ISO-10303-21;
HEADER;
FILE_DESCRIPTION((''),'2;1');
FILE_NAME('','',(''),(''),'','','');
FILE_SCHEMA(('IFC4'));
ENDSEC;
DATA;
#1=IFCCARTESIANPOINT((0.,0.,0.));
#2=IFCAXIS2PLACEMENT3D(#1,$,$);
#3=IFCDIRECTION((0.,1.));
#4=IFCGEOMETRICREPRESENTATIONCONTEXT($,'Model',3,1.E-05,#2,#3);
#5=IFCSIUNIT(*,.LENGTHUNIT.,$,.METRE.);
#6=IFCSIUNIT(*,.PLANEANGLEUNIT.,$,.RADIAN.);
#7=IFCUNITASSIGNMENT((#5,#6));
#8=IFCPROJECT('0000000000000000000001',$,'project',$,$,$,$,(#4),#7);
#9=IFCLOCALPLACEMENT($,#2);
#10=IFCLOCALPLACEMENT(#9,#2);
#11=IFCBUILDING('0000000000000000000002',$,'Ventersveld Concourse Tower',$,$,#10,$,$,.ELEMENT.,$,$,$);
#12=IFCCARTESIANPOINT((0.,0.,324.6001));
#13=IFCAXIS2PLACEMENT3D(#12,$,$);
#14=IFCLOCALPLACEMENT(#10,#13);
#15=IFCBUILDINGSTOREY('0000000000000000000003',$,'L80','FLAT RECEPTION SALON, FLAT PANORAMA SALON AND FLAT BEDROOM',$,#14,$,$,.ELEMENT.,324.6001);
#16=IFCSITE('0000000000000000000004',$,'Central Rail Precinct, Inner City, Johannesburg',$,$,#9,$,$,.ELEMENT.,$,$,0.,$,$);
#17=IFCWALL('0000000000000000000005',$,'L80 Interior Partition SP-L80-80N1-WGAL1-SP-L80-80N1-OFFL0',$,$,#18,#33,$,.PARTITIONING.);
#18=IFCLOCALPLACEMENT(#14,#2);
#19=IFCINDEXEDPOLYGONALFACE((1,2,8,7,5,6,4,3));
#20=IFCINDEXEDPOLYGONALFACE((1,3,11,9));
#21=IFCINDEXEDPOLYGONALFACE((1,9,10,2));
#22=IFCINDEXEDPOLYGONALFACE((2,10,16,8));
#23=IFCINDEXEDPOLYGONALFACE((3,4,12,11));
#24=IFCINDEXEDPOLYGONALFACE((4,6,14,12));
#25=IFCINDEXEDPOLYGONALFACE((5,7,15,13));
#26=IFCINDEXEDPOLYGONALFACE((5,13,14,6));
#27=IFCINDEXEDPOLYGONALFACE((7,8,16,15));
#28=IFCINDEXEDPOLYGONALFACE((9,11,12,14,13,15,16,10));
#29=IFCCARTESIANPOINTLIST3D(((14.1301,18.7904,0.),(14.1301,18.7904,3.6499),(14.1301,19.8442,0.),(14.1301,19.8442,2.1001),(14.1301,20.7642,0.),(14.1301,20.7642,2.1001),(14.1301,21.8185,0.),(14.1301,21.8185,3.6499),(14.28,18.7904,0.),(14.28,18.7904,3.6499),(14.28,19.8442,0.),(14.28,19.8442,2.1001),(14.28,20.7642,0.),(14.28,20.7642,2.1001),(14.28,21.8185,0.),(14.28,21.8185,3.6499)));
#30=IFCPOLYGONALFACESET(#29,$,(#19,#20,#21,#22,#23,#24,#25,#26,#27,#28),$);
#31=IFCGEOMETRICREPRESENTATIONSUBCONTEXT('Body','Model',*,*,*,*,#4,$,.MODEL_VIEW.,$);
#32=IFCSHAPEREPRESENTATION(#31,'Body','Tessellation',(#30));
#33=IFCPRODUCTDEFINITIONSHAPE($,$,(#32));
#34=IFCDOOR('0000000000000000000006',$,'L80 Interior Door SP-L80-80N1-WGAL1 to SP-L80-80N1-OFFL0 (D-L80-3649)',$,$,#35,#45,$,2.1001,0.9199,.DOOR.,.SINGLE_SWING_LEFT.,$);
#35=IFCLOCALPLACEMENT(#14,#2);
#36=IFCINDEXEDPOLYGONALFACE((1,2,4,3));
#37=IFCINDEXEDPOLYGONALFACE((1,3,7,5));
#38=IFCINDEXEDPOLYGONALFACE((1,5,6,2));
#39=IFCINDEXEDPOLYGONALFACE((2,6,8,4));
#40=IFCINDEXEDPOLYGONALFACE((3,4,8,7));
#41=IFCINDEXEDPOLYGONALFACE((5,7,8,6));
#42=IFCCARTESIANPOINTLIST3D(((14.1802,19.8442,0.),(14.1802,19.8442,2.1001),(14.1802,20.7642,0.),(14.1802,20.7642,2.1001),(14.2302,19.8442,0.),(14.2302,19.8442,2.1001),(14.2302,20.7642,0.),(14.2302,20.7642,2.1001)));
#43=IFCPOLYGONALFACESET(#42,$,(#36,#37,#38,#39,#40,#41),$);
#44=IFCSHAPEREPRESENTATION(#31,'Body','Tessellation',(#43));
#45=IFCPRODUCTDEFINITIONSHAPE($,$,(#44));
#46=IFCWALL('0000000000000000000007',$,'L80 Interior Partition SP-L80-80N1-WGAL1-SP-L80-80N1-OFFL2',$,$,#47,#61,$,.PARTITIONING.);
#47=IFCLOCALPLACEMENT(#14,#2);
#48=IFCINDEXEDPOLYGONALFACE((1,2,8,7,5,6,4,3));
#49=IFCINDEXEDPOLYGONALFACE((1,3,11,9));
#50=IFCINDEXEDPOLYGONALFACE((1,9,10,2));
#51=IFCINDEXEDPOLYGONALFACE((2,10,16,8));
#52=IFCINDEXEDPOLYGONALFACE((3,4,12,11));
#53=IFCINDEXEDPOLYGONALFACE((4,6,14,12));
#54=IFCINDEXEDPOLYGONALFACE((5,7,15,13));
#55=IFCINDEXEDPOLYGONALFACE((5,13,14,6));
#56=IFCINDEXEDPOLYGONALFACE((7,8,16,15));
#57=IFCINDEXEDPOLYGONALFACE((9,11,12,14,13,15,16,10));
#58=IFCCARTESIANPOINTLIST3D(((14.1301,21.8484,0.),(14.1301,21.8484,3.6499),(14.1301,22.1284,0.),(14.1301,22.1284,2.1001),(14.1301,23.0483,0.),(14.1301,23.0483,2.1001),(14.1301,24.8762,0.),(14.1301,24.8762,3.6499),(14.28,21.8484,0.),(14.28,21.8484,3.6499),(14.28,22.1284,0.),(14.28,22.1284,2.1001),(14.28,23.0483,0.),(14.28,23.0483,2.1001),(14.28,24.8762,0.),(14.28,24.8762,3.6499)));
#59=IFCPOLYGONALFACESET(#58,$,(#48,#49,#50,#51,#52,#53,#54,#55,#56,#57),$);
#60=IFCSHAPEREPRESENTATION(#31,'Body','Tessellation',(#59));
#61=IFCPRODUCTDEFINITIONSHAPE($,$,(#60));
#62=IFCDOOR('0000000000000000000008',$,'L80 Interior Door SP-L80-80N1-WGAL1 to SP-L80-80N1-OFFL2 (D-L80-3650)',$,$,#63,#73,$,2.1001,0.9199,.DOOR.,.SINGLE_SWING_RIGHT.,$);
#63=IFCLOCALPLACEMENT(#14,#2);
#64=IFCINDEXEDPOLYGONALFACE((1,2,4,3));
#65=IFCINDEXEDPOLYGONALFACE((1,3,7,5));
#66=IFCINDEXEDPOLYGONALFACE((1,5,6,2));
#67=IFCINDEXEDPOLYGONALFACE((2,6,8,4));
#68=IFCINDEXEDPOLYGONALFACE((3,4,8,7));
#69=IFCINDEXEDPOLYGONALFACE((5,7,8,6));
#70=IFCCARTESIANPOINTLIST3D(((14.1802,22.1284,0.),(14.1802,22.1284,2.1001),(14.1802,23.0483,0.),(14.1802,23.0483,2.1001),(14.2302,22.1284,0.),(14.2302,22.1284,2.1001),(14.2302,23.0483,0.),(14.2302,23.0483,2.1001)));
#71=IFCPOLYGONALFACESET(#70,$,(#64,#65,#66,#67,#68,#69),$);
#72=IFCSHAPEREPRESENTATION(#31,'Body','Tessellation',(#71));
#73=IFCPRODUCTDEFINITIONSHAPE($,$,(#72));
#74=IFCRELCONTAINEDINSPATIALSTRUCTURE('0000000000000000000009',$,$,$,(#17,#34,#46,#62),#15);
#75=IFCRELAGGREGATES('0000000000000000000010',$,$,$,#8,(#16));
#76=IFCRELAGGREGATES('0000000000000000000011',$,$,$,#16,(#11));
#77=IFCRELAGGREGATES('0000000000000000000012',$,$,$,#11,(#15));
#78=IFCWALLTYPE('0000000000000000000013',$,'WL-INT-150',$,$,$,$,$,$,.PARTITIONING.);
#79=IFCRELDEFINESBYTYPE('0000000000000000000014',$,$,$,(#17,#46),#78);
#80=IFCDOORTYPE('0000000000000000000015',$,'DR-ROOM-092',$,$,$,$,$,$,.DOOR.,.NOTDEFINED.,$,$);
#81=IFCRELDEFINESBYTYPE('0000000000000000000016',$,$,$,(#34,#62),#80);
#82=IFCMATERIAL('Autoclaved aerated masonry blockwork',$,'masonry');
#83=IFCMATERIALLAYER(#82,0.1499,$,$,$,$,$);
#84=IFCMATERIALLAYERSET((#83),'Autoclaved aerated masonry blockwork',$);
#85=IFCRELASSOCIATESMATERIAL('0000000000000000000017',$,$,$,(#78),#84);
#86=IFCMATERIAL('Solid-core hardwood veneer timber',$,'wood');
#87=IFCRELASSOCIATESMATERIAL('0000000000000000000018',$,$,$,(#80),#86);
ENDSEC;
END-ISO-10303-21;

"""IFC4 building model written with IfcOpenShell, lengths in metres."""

from ifc_helpers import new_model, si_unit, direction, frame, frame_2d, origin, place, context, subcontext, project, spatial, rectangle, extrude, material, layer, layer_set, type_object, element, fill, save


model = new_model("IFC4")

# Units and contexts
model_context = context("Model", 3, precision=1e-05, world=origin(), true_north=direction((0.0, 1.0)))
body_context = subcontext(model_context, "Body", "Model", "MODEL_VIEW")
ifc_project = project(units=[si_unit("LENGTHUNIT", "METRE"), si_unit("PLANEANGLEUNIT", "RADIAN")], contexts=[model_context])

# Site, building, storey
site_placement = place(None, origin())
site = spatial("IfcSite", under=ifc_project, at=site_placement, Name="Central Rail Precinct, Inner City, Johannesburg", CompositionType="ELEMENT", RefElevation=0.0)
building_placement = place(site_placement, origin())
building = spatial("IfcBuilding", under=site, at=building_placement, Name="Ventersveld Concourse Tower", CompositionType="ELEMENT")
storey_placement = place(building_placement, frame((0.0, 0.0, 324.6001)))
storey = spatial("IfcBuildingStorey", under=building, at=storey_placement, Name="L80", Description="FLAT RECEPTION SALON, FLAT PANORAMA SALON AND FLAT BEDROOM", CompositionType="ELEMENT", Elevation=324.6001)

# Walls, openings, doors
ifc_material_1 = material(Name="Solid-core hardwood veneer timber", Category="wood")
ifc_material_2 = material(Name="Autoclaved aerated masonry blockwork", Category="masonry")
ifc_layer_1 = layer(ifc_material_2, 0.1499)
ifc_layer_set_1 = layer_set([ifc_layer_1], Name="Autoclaved aerated masonry blockwork")
wall_type_1 = type_object("IfcWallType", Name="WL-INT-150", PredefinedType="PARTITIONING", material=ifc_layer_set_1)
door_type_1 = type_object("IfcDoorType", Name="DR-ROOM-092", OperationType="NOTDEFINED", PredefinedType="DOOR", material=ifc_material_1)
wall_1_placement = place(storey_placement, frame((14.2051, 18.7903, 0.0), z_axis=(0.0, 0.0, 1.0), x_axis=(0.0, 1.0, 0.0)))
wall_1 = element("IfcWall", 1, at=wall_1_placement, inside=storey, type_object=wall_type_1, Name="L80 Interior Partition SP-L80-80N1-WGAL1-SP-L80-80N1-OFFL0", PredefinedType="PARTITIONING", context=body_context, shape_type="SweptSolid", body=[
    extrude(rectangle(XDim=3.0281, YDim=0.1499, at=frame_2d((1.5142, 0.0))), origin(), (0.0, 0.0, 1.0), 3.6499),
])
opening_1_placement = place(wall_1_placement, frame((1.054, 0.0, 0.0)))
opening_1 = element("IfcOpeningElement", 2, at=opening_1_placement, cuts=wall_1, PredefinedType="OPENING", context=body_context, shape_type="SweptSolid", body=[
    extrude(rectangle(XDim=0.9199, YDim=2.1001, at=frame_2d((0.46, 1.05))), frame((0.0, 0.085, 0.0), z_axis=(0.0, -1.0, 0.0), x_axis=(1.0, 0.0, 0.0)), (0.0, 0.0, 1.0), 0.1699),
])
door_1_placement = place(opening_1_placement, origin())
door_1 = element("IfcDoor", 3, at=door_1_placement, inside=storey, type_object=door_type_1, Name="L80 Interior Door SP-L80-80N1-WGAL1 to SP-L80-80N1-OFFL0 (D-L80-3649)", OperationType="SINGLE_SWING_LEFT", OverallHeight=2.1001, OverallWidth=0.9199, PredefinedType="DOOR", context=body_context, shape_type="SweptSolid", body=[
    extrude(rectangle(XDim=0.9199, YDim=2.1001, at=frame_2d((0.46, 1.05))), frame((0.0, 0.0249, 0.0), z_axis=(0.0, -1.0, 0.0), x_axis=(1.0, 0.0, 0.0)), (0.0, 0.0, 1.0), 0.05),
])
fill(opening_1, door_1)
wall_2_placement = place(storey_placement, frame((14.2051, 21.8484, 0.0), z_axis=(0.0, 0.0, 1.0), x_axis=(0.0, 1.0, 0.0)))
wall_2 = element("IfcWall", 4, at=wall_2_placement, inside=storey, type_object=wall_type_1, Name="L80 Interior Partition SP-L80-80N1-WGAL1-SP-L80-80N1-OFFL2", PredefinedType="PARTITIONING", context=body_context, shape_type="SweptSolid", body=[
    extrude(rectangle(XDim=3.0278, YDim=0.1499, at=frame_2d((1.5139, 0.0))), origin(), (0.0, 0.0, 1.0), 3.6499),
])
opening_2_placement = place(wall_2_placement, frame((0.28, 0.0, 0.0)))
opening_2 = element("IfcOpeningElement", 5, at=opening_2_placement, cuts=wall_2, PredefinedType="OPENING", context=body_context, shape_type="SweptSolid", body=[
    extrude(rectangle(XDim=0.9199, YDim=2.1001, at=frame_2d((0.46, 1.05))), frame((0.0, 0.085, 0.0), z_axis=(0.0, -1.0, 0.0), x_axis=(1.0, 0.0, 0.0)), (0.0, 0.0, 1.0), 0.1699),
])
door_2_placement = place(opening_2_placement, origin())
door_2 = element("IfcDoor", 6, at=door_2_placement, inside=storey, type_object=door_type_1, Name="L80 Interior Door SP-L80-80N1-WGAL1 to SP-L80-80N1-OFFL2 (D-L80-3650)", OperationType="SINGLE_SWING_RIGHT", OverallHeight=2.1001, OverallWidth=0.9199, PredefinedType="DOOR", context=body_context, shape_type="SweptSolid", body=[
    extrude(rectangle(XDim=0.9199, YDim=2.1001, at=frame_2d((0.46, 1.05))), frame((0.0, 0.0249, 0.0), z_axis=(0.0, -1.0, 0.0), x_axis=(1.0, 0.0, 0.0)), (0.0, 0.0, 1.0), 0.05),
])
fill(opening_2, door_2)

save(model, "model.ifc")
